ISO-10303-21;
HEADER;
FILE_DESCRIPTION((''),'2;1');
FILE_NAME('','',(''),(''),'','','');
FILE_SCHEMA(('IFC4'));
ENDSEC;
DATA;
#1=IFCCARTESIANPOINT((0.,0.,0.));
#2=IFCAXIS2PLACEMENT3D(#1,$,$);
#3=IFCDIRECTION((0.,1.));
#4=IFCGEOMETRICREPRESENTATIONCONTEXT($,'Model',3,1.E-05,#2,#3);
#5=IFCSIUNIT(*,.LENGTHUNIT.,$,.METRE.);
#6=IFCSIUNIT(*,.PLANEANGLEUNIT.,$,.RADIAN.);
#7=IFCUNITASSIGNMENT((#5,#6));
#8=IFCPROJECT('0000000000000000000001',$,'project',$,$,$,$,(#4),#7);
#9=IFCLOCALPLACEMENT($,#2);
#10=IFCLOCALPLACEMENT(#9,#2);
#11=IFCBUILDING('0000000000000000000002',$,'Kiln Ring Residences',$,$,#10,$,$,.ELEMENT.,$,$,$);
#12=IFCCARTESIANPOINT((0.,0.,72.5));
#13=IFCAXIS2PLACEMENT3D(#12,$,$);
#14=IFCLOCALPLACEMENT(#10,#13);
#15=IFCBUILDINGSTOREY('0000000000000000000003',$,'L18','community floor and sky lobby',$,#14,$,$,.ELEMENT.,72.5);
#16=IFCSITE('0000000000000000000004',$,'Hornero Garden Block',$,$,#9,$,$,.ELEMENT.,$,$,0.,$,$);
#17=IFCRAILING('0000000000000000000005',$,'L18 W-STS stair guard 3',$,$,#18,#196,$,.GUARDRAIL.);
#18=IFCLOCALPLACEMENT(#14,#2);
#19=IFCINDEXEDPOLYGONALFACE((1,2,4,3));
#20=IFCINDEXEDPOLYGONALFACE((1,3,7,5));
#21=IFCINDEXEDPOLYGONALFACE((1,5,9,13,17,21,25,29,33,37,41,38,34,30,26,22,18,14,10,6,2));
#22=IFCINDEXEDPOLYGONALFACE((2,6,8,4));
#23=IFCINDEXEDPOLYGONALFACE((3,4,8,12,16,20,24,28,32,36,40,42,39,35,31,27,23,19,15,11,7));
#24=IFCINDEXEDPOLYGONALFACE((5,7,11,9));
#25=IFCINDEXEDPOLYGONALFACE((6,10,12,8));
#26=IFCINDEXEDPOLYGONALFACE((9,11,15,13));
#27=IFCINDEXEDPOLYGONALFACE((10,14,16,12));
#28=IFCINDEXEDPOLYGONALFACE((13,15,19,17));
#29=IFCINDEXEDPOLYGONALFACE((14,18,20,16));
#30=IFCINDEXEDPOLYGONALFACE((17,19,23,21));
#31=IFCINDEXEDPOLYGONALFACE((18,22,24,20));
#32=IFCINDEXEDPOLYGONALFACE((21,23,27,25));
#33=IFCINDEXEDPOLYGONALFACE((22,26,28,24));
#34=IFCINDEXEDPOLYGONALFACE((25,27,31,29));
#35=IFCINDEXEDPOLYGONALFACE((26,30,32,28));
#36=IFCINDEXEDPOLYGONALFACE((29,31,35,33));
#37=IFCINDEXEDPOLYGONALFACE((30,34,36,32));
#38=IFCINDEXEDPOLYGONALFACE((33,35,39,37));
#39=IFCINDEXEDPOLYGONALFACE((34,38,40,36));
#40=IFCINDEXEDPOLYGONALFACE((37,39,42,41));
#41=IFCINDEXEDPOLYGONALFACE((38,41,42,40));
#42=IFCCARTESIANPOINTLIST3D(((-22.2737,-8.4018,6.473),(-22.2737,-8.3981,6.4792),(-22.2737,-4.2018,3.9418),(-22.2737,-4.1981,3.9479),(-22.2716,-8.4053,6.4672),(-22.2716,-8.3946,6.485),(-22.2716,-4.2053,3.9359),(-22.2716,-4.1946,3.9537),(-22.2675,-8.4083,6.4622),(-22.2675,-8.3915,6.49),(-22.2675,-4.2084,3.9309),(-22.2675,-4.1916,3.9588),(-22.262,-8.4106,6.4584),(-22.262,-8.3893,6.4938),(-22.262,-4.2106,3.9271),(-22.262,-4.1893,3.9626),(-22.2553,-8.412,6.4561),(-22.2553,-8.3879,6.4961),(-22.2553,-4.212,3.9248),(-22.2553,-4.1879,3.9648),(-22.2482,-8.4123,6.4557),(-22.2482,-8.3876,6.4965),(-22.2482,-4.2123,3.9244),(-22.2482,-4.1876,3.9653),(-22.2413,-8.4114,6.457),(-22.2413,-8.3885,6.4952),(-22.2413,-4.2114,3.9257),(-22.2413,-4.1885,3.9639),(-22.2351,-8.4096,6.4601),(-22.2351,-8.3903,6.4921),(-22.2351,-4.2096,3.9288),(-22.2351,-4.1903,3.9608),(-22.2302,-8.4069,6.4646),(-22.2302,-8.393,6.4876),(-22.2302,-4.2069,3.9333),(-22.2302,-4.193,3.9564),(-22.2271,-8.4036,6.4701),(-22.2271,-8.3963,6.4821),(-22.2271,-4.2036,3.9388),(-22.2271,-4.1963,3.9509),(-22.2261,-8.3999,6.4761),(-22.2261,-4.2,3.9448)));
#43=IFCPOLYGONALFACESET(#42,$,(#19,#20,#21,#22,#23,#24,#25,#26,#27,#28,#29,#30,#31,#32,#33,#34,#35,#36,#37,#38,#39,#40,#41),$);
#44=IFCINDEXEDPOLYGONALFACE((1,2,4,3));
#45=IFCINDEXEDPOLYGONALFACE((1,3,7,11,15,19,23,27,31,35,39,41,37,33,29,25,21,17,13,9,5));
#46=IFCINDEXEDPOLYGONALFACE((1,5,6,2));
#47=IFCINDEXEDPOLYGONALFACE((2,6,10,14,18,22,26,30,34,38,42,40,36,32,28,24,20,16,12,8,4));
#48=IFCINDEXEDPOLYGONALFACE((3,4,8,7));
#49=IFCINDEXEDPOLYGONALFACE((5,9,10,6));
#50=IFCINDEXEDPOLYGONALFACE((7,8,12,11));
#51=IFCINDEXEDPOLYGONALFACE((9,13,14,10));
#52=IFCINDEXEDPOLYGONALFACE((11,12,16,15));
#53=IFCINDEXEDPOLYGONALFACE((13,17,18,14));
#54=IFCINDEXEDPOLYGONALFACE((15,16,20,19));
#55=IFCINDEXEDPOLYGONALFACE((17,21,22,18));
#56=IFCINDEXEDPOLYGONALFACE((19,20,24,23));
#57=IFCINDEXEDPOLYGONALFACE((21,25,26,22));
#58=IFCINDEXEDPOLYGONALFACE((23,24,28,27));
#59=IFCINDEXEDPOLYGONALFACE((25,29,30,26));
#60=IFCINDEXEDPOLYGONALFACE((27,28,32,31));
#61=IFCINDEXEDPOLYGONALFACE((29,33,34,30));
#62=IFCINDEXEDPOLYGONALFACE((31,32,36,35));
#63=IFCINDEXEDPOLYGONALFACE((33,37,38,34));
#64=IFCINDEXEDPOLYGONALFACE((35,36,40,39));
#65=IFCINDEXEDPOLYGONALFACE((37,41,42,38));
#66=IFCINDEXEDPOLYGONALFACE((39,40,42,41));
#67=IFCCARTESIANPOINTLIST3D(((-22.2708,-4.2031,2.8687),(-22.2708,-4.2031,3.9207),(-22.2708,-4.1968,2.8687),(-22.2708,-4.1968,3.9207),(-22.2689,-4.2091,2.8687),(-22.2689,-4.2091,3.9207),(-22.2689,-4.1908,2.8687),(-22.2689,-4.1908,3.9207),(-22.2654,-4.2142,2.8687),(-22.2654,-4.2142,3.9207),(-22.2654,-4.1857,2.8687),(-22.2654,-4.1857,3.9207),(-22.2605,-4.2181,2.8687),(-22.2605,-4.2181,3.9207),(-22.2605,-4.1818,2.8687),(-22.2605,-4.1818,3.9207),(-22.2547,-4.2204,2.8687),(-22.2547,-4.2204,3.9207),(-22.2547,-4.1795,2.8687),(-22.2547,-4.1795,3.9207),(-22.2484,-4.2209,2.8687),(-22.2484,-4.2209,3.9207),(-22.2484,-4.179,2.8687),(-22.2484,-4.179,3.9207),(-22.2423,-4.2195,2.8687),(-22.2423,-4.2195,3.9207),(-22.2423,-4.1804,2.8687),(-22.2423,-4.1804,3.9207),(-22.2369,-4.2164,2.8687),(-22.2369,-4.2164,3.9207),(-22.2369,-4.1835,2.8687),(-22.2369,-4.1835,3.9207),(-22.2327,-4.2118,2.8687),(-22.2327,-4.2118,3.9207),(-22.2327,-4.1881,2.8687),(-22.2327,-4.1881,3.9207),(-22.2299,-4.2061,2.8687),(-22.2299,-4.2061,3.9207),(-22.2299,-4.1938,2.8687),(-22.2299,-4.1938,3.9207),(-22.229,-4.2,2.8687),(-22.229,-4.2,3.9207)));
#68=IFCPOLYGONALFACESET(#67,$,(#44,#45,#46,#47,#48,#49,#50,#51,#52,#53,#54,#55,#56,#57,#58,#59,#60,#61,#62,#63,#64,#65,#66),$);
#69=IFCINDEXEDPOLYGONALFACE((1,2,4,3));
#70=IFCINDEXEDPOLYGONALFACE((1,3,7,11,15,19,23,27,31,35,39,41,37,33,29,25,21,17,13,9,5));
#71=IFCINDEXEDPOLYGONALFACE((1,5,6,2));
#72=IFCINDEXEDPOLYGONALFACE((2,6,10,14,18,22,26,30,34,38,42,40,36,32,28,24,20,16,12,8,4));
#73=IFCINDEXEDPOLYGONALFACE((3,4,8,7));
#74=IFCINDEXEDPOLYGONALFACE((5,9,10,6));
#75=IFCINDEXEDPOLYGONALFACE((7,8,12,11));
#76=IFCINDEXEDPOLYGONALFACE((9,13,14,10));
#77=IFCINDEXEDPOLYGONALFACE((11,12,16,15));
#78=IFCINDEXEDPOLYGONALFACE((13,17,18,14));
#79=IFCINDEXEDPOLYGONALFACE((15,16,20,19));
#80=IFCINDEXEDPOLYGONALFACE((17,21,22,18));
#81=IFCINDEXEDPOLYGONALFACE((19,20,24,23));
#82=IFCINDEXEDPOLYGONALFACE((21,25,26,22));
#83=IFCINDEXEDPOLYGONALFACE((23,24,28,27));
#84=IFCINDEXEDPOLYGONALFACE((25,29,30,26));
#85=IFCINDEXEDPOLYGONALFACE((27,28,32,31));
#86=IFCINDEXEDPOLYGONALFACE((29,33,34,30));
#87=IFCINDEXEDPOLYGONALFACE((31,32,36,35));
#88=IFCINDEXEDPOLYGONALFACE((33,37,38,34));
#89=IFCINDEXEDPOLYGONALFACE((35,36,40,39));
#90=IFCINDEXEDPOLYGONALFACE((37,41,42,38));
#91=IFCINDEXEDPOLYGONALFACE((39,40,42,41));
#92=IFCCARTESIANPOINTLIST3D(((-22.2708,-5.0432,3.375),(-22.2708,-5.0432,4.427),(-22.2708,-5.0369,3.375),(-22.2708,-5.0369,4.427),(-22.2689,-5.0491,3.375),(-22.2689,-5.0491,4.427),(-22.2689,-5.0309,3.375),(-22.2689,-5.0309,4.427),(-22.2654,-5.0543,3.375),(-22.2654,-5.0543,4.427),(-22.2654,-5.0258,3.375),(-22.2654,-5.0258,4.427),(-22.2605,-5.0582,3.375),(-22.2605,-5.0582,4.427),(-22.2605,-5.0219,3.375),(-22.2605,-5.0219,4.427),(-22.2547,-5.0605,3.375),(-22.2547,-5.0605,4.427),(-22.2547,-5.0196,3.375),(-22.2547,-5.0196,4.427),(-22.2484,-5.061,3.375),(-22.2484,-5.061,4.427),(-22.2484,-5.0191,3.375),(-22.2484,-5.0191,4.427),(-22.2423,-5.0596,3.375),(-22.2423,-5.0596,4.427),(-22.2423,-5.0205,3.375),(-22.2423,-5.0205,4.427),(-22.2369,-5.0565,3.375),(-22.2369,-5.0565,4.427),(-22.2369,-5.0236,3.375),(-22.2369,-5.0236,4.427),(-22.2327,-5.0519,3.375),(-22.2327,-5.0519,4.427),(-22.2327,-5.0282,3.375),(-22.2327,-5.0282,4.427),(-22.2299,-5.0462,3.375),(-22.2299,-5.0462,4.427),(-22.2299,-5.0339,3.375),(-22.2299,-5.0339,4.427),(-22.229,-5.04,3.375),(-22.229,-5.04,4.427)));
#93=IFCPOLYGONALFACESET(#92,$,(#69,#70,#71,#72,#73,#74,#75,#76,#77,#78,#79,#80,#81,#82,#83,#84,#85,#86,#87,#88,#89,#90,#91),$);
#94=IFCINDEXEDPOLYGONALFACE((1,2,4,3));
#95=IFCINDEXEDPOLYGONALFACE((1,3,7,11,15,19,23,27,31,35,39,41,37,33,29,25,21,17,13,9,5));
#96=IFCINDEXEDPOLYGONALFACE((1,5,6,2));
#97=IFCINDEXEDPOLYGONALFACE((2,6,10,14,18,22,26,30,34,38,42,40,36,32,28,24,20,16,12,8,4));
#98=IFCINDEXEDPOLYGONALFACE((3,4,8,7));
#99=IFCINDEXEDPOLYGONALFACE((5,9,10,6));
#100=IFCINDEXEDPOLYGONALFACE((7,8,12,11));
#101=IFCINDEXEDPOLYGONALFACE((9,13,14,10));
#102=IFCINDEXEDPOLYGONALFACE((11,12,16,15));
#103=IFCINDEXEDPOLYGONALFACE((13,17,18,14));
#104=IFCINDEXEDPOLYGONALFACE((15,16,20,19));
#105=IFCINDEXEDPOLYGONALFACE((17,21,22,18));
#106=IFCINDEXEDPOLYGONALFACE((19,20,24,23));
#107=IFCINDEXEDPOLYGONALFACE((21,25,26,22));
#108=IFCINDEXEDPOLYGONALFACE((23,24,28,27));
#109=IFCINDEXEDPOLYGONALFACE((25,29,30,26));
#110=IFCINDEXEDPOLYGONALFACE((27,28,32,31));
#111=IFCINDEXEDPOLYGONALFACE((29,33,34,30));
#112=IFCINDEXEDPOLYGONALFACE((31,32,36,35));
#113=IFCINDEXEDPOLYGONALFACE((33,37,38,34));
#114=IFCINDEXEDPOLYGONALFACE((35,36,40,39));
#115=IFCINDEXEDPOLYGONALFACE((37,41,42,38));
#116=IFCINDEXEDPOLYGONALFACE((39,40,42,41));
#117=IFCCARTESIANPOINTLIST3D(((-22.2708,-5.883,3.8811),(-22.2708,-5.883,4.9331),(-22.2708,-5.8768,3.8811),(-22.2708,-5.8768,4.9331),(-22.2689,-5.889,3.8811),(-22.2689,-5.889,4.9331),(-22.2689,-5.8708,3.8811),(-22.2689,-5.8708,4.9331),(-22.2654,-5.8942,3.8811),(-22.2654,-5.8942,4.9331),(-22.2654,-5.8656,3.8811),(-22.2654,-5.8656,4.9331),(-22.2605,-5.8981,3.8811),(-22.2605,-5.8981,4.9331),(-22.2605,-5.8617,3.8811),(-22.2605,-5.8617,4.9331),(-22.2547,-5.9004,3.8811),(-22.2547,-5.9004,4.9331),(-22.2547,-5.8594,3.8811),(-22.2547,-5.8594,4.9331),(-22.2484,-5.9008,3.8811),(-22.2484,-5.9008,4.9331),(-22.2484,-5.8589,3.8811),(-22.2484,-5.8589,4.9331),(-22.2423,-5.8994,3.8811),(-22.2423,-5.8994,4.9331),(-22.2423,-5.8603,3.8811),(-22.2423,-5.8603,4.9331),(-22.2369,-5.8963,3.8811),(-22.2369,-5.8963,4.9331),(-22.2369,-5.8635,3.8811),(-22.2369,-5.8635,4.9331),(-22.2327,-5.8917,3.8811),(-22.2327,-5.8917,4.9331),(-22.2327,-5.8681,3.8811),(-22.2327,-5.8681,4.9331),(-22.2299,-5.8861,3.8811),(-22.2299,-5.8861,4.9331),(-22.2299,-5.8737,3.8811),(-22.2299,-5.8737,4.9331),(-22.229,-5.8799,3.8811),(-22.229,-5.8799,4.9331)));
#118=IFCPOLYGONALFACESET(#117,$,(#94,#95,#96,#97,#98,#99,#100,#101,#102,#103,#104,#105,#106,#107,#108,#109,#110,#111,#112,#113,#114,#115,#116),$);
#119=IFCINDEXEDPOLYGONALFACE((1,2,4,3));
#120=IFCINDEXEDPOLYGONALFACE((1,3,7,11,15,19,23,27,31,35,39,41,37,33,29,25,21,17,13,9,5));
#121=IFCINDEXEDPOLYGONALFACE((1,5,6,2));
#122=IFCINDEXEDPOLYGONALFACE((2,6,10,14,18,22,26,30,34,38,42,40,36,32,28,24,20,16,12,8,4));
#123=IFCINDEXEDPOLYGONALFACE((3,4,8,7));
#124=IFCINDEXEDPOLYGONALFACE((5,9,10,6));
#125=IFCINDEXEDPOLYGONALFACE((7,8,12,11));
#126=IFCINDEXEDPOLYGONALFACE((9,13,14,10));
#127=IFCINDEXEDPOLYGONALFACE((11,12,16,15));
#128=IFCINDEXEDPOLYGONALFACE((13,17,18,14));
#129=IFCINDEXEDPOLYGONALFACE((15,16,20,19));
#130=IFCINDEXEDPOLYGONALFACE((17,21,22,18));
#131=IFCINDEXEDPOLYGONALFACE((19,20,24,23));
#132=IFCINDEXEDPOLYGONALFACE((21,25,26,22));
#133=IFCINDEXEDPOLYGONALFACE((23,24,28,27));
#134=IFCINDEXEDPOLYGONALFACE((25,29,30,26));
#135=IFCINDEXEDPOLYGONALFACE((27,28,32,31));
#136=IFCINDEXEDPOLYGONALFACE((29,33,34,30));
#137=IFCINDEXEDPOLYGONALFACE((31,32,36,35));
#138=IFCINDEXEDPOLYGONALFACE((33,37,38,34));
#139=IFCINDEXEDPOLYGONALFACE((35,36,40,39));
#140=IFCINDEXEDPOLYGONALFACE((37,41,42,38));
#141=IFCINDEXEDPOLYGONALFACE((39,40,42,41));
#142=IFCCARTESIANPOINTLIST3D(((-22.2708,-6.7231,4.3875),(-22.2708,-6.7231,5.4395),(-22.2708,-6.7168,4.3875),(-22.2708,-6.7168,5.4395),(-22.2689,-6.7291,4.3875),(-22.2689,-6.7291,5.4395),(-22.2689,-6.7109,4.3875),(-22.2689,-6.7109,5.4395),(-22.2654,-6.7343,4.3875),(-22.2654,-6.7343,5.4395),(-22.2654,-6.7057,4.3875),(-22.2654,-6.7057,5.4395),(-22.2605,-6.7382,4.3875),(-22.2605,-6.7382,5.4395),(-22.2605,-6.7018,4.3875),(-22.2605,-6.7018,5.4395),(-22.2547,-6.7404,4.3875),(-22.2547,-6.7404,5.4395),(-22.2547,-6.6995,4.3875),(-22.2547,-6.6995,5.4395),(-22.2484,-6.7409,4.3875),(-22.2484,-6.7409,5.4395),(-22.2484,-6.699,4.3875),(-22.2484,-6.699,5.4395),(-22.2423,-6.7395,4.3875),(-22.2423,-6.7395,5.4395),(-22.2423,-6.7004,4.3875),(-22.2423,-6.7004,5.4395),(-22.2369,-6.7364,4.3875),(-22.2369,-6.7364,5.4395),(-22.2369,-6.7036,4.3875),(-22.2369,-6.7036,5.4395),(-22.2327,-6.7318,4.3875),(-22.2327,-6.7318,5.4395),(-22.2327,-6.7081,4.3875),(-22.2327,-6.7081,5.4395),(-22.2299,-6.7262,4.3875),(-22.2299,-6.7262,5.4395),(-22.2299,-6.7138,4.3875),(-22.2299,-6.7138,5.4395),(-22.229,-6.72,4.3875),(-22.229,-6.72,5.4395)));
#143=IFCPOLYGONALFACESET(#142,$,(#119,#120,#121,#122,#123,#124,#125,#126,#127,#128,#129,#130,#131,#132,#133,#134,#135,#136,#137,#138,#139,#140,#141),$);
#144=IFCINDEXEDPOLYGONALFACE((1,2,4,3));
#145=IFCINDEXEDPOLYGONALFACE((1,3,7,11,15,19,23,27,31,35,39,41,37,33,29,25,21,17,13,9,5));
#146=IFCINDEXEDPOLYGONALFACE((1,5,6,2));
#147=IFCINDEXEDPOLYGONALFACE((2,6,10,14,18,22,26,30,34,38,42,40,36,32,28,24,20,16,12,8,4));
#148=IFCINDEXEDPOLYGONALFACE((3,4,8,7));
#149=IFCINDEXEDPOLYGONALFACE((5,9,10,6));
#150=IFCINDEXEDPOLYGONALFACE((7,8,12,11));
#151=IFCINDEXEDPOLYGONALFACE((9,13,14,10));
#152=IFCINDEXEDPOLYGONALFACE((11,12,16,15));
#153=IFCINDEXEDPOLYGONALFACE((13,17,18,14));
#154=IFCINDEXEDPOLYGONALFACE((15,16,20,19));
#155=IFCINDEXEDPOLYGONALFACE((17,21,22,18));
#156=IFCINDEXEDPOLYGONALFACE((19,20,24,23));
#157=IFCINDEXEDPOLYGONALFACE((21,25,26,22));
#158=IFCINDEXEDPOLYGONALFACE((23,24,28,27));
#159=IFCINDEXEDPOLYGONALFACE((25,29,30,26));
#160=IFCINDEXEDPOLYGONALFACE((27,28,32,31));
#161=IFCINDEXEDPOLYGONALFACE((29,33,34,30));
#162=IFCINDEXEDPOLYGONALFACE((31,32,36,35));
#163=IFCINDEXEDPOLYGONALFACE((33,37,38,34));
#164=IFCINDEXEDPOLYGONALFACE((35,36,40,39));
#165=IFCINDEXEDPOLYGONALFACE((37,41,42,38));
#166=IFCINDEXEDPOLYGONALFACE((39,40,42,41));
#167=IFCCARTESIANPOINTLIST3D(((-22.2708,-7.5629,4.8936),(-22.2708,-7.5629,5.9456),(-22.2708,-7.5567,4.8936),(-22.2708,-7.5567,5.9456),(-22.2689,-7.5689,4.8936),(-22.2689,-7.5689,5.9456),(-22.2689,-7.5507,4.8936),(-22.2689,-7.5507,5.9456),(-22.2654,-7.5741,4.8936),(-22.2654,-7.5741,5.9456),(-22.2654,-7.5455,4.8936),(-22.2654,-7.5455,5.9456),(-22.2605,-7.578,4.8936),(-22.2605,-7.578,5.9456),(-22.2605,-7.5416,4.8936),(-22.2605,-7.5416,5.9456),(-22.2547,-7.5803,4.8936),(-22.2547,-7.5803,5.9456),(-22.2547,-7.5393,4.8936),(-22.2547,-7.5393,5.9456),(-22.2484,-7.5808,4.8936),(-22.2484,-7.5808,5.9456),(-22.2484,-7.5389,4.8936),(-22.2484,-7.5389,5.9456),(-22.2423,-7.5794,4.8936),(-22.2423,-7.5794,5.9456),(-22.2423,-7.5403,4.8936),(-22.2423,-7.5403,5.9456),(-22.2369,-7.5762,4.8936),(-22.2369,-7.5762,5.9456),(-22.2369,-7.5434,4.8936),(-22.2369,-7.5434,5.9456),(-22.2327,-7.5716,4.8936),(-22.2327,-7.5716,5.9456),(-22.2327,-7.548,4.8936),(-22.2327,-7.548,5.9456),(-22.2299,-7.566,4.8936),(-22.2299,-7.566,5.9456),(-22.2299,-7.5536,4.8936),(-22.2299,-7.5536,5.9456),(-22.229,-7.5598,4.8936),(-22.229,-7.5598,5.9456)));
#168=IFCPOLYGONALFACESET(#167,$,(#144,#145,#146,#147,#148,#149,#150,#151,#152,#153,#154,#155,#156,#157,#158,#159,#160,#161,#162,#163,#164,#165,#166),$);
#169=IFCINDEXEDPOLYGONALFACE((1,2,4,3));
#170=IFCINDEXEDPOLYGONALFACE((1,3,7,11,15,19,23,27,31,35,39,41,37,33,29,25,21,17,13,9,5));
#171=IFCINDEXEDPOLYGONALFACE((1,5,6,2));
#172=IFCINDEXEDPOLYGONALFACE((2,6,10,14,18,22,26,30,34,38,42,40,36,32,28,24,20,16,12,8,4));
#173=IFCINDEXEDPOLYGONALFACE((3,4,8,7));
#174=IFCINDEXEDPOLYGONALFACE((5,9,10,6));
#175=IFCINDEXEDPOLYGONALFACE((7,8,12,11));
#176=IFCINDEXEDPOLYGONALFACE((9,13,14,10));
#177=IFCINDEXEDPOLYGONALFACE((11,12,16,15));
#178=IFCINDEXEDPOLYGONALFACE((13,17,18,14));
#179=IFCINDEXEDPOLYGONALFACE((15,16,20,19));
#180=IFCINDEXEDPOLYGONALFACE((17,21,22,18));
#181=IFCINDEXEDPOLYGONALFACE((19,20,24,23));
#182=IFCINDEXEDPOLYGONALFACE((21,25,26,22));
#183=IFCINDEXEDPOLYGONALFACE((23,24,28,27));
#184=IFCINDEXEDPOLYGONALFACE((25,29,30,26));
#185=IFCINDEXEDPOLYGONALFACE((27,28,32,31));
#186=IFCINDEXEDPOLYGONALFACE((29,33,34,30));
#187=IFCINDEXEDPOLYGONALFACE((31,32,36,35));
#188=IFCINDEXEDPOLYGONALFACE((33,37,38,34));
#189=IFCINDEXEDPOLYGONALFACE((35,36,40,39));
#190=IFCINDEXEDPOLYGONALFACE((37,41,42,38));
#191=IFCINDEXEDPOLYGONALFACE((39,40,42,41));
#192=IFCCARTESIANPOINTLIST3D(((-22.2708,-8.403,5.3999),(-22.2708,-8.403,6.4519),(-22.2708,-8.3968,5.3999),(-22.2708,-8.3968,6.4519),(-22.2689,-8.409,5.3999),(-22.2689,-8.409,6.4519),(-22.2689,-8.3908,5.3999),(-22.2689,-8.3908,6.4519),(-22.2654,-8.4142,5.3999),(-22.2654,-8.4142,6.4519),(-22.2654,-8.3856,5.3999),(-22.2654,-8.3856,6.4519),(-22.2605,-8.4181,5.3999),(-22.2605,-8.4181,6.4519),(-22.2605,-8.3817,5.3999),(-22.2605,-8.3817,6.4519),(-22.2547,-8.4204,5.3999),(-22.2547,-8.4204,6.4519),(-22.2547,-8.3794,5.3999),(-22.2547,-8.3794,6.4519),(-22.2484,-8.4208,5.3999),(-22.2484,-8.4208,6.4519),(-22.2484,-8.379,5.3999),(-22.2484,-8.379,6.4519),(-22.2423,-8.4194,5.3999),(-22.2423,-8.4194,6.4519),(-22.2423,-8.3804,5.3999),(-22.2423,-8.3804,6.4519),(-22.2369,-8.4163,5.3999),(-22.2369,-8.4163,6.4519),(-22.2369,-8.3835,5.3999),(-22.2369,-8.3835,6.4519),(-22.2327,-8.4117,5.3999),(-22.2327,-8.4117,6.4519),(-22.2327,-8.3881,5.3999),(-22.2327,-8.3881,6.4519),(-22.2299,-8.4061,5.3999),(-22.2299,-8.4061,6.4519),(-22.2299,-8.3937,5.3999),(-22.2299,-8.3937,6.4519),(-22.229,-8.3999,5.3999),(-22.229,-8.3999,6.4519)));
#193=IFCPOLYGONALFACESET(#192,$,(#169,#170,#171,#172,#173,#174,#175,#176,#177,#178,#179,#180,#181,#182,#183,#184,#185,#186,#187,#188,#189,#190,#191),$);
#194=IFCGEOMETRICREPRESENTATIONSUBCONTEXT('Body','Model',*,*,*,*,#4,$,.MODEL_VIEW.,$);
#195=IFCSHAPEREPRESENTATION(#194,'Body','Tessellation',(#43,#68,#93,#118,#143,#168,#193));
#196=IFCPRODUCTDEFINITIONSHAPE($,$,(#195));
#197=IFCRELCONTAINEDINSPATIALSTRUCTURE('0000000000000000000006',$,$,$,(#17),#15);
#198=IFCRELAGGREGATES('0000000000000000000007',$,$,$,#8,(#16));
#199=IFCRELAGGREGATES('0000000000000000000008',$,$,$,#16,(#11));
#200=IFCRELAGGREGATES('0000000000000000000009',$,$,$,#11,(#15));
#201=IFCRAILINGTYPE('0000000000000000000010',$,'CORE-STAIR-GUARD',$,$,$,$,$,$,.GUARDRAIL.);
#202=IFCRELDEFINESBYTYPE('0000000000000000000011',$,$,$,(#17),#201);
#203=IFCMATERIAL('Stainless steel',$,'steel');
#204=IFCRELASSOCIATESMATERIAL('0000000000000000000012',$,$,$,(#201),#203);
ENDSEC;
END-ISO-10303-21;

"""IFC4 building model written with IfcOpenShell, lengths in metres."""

from ifc_helpers import new_model, si_unit, direction, frame, origin, origin_2d, place, context, subcontext, project, spatial, circle, extrude, material, type_object, element, save


model = new_model("IFC4")

# Units and contexts
model_context = context("Model", 3, precision=1e-05, world=origin(), true_north=direction((0.0, 1.0)))
body_context = subcontext(model_context, "Body", "Model", "MODEL_VIEW")
ifc_project = project(units=[si_unit("LENGTHUNIT", "METRE"), si_unit("PLANEANGLEUNIT", "RADIAN")], contexts=[model_context])

# Site, building, storey
site_placement = place(None, origin())
site = spatial("IfcSite", under=ifc_project, at=site_placement, Name="Hornero Garden Block", CompositionType="ELEMENT", RefElevation=0.0)
building_placement = place(site_placement, origin())
building = spatial("IfcBuilding", under=site, at=building_placement, Name="Kiln Ring Residences", CompositionType="ELEMENT")
storey_placement = place(building_placement, frame((0.0, 0.0, 72.5)))
storey = spatial("IfcBuildingStorey", under=building, at=storey_placement, Name="L18", Description="community floor and sky lobby", CompositionType="ELEMENT", Elevation=72.5)

# Railing
ifc_material_1 = material(Name="Stainless steel", Category="steel")
railing_type_1 = type_object("IfcRailingType", Name="CORE-STAIR-GUARD", PredefinedType="GUARDRAIL", material=ifc_material_1)
railing_1_placement = place(storey_placement, frame((-22.25, -4.2, 2.8687)))
element("IfcRailing", 1, at=railing_1_placement, inside=storey, type_object=railing_type_1, Name="L18 W-STS stair guard 3", PredefinedType="GUARDRAIL", context=body_context, shape_type="SweptSolid", body=[
    extrude(circle(Radius=0.0239, at=origin_2d()), frame((0.0, 0.0, 1.0762), z_axis=(0.0, -0.856476, 0.516186), x_axis=(1.0, 0.0, 0.0)), (0.0, 0.0, 1.0), 4.9038),
    extrude(circle(Radius=0.021, at=origin_2d()), origin(), (0.0, 0.0, 1.0), 1.052),
    extrude(circle(Radius=0.021, at=origin_2d()), frame((0.0, -0.8401, 0.5063)), (0.0, 0.0, 1.0), 1.052),
    extrude(circle(Radius=0.021, at=origin_2d()), frame((0.0, -1.6799, 1.0125)), (0.0, 0.0, 1.0), 1.052),
    extrude(circle(Radius=0.021, at=origin_2d()), frame((0.0, -2.52, 1.5188)), (0.0, 0.0, 1.0), 1.052),
    extrude(circle(Radius=0.021, at=origin_2d()), frame((0.0, -3.3599, 2.0249)), (0.0, 0.0, 1.0), 1.052),
    extrude(circle(Radius=0.021, at=origin_2d()), frame((0.0, -4.2, 2.5312)), (0.0, 0.0, 1.0), 1.052),
])

save(model, "model.ifc")
